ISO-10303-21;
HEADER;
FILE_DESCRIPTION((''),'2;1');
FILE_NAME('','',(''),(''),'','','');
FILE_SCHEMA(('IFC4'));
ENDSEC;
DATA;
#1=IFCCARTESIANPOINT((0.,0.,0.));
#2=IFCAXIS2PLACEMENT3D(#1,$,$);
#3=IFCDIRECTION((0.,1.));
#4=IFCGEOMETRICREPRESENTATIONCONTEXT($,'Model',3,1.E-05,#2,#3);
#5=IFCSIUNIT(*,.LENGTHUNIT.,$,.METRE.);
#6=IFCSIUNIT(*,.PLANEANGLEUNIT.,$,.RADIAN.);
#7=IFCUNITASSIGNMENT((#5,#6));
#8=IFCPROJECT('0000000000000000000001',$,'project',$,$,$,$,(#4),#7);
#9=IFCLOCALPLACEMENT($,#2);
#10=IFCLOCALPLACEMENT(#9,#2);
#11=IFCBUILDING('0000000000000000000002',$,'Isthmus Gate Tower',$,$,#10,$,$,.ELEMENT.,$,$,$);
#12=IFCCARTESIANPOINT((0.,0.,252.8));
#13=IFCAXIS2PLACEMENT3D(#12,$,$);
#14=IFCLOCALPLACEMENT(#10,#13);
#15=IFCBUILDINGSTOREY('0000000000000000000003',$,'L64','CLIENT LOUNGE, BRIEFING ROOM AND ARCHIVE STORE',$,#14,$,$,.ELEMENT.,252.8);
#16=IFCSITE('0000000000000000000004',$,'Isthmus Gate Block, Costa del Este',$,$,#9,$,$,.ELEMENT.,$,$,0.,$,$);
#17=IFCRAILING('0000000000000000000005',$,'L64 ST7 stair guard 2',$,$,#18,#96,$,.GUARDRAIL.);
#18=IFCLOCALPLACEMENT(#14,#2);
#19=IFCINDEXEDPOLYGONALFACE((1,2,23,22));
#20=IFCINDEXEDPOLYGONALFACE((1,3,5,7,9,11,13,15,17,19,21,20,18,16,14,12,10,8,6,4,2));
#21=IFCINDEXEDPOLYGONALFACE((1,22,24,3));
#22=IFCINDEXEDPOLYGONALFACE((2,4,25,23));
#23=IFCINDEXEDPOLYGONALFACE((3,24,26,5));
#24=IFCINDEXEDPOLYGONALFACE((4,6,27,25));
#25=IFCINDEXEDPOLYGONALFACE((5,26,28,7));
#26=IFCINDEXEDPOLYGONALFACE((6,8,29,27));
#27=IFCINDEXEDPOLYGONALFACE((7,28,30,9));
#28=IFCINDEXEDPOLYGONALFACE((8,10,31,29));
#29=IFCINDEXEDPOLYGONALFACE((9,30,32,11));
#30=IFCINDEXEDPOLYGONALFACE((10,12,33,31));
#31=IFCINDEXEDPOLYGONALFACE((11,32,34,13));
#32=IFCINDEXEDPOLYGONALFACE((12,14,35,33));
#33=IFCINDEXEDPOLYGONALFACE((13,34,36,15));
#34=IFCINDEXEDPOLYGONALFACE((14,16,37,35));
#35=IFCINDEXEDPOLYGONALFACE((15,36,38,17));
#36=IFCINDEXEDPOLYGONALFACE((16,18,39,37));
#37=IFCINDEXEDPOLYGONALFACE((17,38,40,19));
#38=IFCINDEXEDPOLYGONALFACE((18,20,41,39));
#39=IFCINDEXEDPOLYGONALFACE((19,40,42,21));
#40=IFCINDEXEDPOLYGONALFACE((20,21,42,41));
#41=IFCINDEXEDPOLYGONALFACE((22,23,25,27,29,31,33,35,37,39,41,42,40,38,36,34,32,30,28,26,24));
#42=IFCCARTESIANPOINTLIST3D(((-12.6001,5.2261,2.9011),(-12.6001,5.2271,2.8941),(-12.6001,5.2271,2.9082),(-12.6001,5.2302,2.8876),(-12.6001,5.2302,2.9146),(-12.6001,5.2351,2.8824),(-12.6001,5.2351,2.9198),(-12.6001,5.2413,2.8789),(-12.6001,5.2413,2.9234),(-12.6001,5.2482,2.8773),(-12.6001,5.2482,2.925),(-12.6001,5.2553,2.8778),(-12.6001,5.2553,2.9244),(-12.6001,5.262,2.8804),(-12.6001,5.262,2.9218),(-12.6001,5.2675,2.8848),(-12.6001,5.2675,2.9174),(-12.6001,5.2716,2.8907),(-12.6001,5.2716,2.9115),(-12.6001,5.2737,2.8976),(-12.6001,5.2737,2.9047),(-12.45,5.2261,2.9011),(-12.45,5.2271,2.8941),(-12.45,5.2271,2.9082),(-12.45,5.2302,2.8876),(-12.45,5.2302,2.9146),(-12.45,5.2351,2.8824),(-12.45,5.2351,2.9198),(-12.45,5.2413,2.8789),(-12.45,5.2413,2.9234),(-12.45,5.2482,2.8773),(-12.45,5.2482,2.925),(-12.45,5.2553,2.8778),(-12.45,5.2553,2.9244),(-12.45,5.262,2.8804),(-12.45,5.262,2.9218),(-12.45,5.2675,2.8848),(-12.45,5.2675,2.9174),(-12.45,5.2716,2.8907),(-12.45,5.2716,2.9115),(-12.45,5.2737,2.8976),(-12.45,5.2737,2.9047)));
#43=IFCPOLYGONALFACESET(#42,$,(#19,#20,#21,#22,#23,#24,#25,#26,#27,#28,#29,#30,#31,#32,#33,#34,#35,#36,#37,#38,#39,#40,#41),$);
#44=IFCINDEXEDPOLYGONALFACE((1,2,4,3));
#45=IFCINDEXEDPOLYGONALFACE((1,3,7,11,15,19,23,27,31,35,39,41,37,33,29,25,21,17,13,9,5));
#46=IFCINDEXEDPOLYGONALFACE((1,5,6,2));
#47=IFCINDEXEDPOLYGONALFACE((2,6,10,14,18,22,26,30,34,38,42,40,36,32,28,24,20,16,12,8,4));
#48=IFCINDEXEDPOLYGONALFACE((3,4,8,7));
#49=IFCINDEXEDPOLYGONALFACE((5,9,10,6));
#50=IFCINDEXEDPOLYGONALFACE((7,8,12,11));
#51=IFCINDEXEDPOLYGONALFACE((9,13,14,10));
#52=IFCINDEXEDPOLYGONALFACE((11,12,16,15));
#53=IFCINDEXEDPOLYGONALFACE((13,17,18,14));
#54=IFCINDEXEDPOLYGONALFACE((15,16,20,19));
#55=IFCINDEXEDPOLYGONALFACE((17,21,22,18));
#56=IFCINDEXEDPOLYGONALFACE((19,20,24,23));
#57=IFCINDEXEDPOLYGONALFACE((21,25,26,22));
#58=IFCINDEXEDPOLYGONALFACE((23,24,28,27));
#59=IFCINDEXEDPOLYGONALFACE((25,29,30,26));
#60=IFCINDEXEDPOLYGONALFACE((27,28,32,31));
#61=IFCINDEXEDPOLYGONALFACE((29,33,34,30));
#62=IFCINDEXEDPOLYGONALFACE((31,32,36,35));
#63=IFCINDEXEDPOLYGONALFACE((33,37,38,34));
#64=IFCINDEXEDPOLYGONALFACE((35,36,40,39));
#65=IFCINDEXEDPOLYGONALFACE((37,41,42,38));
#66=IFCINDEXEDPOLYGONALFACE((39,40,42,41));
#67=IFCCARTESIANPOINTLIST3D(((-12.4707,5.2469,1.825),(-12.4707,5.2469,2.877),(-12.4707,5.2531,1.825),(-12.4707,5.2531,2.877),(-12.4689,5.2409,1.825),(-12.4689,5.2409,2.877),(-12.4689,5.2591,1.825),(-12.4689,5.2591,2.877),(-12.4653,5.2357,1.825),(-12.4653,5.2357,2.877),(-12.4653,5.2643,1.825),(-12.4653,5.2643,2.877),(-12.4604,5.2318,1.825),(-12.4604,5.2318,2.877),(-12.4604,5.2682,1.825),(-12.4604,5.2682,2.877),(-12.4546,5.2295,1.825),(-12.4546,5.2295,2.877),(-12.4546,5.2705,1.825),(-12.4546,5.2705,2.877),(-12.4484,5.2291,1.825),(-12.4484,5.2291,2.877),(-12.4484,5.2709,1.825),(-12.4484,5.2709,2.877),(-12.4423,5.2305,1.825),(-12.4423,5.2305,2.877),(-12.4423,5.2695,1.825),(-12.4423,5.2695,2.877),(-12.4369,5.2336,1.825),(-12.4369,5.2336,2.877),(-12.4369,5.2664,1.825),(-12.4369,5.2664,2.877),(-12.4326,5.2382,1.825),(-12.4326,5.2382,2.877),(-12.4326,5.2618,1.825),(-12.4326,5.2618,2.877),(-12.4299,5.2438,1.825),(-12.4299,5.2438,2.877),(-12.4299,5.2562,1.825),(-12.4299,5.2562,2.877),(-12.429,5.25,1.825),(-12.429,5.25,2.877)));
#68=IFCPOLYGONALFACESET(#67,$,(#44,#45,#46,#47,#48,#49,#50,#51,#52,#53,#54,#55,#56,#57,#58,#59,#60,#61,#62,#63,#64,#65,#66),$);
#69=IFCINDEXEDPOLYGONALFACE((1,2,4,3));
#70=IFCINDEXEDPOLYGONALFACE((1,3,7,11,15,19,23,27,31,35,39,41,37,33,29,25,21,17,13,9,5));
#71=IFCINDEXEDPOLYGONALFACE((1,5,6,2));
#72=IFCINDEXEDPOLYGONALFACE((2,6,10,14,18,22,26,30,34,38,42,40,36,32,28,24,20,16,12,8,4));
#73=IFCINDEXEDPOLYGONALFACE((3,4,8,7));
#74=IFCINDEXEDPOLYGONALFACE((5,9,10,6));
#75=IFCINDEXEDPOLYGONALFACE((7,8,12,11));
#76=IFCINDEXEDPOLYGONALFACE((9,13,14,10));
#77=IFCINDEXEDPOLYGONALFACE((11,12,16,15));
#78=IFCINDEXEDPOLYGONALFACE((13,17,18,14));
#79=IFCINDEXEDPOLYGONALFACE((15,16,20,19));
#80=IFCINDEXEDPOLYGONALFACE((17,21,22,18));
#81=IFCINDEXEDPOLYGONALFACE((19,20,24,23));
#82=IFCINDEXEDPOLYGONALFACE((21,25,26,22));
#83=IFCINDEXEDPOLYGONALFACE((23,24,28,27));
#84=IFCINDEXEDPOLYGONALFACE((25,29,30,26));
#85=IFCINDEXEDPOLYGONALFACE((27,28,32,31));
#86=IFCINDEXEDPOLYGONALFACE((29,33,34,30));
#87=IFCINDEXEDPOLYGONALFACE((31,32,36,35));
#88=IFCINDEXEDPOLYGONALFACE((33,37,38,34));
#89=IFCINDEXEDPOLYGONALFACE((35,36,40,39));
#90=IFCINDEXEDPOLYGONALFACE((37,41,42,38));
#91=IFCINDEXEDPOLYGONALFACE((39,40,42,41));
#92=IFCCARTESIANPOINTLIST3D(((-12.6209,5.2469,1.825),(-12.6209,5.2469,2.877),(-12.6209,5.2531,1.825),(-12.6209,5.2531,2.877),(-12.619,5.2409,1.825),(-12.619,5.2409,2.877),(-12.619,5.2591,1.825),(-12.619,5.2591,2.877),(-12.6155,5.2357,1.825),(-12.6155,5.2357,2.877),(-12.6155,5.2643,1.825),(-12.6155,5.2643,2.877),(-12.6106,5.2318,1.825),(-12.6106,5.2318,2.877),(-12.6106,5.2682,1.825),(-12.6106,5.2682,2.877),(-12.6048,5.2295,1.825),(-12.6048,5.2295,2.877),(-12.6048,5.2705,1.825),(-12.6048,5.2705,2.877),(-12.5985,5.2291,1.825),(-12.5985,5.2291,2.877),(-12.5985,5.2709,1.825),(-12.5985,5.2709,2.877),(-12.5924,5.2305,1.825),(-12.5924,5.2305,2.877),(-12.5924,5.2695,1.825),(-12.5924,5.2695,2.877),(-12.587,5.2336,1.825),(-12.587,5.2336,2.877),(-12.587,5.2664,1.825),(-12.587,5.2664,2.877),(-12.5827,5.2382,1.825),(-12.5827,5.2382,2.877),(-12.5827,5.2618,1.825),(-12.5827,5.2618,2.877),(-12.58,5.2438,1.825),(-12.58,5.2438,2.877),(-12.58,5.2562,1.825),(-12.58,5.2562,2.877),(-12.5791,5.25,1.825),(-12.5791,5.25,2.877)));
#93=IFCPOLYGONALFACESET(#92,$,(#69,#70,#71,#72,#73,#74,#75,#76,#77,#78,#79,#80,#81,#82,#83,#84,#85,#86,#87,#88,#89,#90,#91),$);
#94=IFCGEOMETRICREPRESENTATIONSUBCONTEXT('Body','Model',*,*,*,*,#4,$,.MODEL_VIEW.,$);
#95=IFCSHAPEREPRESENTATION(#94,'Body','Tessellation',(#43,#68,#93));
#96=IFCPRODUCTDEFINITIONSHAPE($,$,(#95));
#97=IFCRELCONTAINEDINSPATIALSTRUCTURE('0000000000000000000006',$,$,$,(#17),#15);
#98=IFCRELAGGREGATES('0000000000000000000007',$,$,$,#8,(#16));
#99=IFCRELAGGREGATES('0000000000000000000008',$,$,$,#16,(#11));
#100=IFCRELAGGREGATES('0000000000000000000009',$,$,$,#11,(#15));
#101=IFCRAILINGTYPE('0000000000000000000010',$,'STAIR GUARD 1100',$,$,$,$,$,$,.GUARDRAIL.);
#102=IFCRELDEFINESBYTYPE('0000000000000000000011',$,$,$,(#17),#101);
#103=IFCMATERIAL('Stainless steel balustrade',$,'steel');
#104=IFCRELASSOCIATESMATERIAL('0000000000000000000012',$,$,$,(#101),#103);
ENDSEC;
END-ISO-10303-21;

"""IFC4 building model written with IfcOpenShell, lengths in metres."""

from ifc_helpers import new_model, si_unit, direction, frame, origin, origin_2d, place, context, subcontext, project, spatial, circle, extrude, material, type_object, element, save


model = new_model("IFC4")

# Units and contexts
model_context = context("Model", 3, precision=1e-05, world=origin(), true_north=direction((0.0, 1.0)))
body_context = subcontext(model_context, "Body", "Model", "MODEL_VIEW")
ifc_project = project(units=[si_unit("LENGTHUNIT", "METRE"), si_unit("PLANEANGLEUNIT", "RADIAN")], contexts=[model_context])

# Site, building, storey
site_placement = place(None, origin())
site = spatial("IfcSite", under=ifc_project, at=site_placement, Name="Isthmus Gate Block, Costa del Este", CompositionType="ELEMENT", RefElevation=0.0)
building_placement = place(site_placement, origin())
building = spatial("IfcBuilding", under=site, at=building_placement, Name="Isthmus Gate Tower", CompositionType="ELEMENT")
storey_placement = place(building_placement, frame((0.0, 0.0, 252.8)))
storey = spatial("IfcBuildingStorey", under=building, at=storey_placement, Name="L64", Description="CLIENT LOUNGE, BRIEFING ROOM AND ARCHIVE STORE", CompositionType="ELEMENT", Elevation=252.8)

# Railing
ifc_material_1 = material(Name="Stainless steel balustrade", Category="steel")
railing_type_1 = type_object("IfcRailingType", Name="STAIR GUARD 1100", PredefinedType="GUARDRAIL", material=ifc_material_1)
railing_1_placement = place(storey_placement, frame((-12.45, 5.25, 1.825)))
element("IfcRailing", 1, at=railing_1_placement, inside=storey, type_object=railing_type_1, Name="L64 ST7 stair guard 2", PredefinedType="GUARDRAIL", context=body_context, shape_type="SweptSolid", body=[
    extrude(circle(Radius=0.0239, at=origin_2d()), frame((0.0, 0.0, 1.0762), z_axis=(-1.0, 0.0, 0.0), x_axis=(0.0, -1.0, 0.0)), (0.0, 0.0, 1.0), 0.1501),
    extrude(circle(Radius=0.021, at=origin_2d()), origin(), (0.0, 0.0, 1.0), 1.052),
    extrude(circle(Radius=0.021, at=origin_2d()), frame((-0.1501, 0.0, 0.0)), (0.0, 0.0, 1.0), 1.052),
])

save(model, "model.ifc")
